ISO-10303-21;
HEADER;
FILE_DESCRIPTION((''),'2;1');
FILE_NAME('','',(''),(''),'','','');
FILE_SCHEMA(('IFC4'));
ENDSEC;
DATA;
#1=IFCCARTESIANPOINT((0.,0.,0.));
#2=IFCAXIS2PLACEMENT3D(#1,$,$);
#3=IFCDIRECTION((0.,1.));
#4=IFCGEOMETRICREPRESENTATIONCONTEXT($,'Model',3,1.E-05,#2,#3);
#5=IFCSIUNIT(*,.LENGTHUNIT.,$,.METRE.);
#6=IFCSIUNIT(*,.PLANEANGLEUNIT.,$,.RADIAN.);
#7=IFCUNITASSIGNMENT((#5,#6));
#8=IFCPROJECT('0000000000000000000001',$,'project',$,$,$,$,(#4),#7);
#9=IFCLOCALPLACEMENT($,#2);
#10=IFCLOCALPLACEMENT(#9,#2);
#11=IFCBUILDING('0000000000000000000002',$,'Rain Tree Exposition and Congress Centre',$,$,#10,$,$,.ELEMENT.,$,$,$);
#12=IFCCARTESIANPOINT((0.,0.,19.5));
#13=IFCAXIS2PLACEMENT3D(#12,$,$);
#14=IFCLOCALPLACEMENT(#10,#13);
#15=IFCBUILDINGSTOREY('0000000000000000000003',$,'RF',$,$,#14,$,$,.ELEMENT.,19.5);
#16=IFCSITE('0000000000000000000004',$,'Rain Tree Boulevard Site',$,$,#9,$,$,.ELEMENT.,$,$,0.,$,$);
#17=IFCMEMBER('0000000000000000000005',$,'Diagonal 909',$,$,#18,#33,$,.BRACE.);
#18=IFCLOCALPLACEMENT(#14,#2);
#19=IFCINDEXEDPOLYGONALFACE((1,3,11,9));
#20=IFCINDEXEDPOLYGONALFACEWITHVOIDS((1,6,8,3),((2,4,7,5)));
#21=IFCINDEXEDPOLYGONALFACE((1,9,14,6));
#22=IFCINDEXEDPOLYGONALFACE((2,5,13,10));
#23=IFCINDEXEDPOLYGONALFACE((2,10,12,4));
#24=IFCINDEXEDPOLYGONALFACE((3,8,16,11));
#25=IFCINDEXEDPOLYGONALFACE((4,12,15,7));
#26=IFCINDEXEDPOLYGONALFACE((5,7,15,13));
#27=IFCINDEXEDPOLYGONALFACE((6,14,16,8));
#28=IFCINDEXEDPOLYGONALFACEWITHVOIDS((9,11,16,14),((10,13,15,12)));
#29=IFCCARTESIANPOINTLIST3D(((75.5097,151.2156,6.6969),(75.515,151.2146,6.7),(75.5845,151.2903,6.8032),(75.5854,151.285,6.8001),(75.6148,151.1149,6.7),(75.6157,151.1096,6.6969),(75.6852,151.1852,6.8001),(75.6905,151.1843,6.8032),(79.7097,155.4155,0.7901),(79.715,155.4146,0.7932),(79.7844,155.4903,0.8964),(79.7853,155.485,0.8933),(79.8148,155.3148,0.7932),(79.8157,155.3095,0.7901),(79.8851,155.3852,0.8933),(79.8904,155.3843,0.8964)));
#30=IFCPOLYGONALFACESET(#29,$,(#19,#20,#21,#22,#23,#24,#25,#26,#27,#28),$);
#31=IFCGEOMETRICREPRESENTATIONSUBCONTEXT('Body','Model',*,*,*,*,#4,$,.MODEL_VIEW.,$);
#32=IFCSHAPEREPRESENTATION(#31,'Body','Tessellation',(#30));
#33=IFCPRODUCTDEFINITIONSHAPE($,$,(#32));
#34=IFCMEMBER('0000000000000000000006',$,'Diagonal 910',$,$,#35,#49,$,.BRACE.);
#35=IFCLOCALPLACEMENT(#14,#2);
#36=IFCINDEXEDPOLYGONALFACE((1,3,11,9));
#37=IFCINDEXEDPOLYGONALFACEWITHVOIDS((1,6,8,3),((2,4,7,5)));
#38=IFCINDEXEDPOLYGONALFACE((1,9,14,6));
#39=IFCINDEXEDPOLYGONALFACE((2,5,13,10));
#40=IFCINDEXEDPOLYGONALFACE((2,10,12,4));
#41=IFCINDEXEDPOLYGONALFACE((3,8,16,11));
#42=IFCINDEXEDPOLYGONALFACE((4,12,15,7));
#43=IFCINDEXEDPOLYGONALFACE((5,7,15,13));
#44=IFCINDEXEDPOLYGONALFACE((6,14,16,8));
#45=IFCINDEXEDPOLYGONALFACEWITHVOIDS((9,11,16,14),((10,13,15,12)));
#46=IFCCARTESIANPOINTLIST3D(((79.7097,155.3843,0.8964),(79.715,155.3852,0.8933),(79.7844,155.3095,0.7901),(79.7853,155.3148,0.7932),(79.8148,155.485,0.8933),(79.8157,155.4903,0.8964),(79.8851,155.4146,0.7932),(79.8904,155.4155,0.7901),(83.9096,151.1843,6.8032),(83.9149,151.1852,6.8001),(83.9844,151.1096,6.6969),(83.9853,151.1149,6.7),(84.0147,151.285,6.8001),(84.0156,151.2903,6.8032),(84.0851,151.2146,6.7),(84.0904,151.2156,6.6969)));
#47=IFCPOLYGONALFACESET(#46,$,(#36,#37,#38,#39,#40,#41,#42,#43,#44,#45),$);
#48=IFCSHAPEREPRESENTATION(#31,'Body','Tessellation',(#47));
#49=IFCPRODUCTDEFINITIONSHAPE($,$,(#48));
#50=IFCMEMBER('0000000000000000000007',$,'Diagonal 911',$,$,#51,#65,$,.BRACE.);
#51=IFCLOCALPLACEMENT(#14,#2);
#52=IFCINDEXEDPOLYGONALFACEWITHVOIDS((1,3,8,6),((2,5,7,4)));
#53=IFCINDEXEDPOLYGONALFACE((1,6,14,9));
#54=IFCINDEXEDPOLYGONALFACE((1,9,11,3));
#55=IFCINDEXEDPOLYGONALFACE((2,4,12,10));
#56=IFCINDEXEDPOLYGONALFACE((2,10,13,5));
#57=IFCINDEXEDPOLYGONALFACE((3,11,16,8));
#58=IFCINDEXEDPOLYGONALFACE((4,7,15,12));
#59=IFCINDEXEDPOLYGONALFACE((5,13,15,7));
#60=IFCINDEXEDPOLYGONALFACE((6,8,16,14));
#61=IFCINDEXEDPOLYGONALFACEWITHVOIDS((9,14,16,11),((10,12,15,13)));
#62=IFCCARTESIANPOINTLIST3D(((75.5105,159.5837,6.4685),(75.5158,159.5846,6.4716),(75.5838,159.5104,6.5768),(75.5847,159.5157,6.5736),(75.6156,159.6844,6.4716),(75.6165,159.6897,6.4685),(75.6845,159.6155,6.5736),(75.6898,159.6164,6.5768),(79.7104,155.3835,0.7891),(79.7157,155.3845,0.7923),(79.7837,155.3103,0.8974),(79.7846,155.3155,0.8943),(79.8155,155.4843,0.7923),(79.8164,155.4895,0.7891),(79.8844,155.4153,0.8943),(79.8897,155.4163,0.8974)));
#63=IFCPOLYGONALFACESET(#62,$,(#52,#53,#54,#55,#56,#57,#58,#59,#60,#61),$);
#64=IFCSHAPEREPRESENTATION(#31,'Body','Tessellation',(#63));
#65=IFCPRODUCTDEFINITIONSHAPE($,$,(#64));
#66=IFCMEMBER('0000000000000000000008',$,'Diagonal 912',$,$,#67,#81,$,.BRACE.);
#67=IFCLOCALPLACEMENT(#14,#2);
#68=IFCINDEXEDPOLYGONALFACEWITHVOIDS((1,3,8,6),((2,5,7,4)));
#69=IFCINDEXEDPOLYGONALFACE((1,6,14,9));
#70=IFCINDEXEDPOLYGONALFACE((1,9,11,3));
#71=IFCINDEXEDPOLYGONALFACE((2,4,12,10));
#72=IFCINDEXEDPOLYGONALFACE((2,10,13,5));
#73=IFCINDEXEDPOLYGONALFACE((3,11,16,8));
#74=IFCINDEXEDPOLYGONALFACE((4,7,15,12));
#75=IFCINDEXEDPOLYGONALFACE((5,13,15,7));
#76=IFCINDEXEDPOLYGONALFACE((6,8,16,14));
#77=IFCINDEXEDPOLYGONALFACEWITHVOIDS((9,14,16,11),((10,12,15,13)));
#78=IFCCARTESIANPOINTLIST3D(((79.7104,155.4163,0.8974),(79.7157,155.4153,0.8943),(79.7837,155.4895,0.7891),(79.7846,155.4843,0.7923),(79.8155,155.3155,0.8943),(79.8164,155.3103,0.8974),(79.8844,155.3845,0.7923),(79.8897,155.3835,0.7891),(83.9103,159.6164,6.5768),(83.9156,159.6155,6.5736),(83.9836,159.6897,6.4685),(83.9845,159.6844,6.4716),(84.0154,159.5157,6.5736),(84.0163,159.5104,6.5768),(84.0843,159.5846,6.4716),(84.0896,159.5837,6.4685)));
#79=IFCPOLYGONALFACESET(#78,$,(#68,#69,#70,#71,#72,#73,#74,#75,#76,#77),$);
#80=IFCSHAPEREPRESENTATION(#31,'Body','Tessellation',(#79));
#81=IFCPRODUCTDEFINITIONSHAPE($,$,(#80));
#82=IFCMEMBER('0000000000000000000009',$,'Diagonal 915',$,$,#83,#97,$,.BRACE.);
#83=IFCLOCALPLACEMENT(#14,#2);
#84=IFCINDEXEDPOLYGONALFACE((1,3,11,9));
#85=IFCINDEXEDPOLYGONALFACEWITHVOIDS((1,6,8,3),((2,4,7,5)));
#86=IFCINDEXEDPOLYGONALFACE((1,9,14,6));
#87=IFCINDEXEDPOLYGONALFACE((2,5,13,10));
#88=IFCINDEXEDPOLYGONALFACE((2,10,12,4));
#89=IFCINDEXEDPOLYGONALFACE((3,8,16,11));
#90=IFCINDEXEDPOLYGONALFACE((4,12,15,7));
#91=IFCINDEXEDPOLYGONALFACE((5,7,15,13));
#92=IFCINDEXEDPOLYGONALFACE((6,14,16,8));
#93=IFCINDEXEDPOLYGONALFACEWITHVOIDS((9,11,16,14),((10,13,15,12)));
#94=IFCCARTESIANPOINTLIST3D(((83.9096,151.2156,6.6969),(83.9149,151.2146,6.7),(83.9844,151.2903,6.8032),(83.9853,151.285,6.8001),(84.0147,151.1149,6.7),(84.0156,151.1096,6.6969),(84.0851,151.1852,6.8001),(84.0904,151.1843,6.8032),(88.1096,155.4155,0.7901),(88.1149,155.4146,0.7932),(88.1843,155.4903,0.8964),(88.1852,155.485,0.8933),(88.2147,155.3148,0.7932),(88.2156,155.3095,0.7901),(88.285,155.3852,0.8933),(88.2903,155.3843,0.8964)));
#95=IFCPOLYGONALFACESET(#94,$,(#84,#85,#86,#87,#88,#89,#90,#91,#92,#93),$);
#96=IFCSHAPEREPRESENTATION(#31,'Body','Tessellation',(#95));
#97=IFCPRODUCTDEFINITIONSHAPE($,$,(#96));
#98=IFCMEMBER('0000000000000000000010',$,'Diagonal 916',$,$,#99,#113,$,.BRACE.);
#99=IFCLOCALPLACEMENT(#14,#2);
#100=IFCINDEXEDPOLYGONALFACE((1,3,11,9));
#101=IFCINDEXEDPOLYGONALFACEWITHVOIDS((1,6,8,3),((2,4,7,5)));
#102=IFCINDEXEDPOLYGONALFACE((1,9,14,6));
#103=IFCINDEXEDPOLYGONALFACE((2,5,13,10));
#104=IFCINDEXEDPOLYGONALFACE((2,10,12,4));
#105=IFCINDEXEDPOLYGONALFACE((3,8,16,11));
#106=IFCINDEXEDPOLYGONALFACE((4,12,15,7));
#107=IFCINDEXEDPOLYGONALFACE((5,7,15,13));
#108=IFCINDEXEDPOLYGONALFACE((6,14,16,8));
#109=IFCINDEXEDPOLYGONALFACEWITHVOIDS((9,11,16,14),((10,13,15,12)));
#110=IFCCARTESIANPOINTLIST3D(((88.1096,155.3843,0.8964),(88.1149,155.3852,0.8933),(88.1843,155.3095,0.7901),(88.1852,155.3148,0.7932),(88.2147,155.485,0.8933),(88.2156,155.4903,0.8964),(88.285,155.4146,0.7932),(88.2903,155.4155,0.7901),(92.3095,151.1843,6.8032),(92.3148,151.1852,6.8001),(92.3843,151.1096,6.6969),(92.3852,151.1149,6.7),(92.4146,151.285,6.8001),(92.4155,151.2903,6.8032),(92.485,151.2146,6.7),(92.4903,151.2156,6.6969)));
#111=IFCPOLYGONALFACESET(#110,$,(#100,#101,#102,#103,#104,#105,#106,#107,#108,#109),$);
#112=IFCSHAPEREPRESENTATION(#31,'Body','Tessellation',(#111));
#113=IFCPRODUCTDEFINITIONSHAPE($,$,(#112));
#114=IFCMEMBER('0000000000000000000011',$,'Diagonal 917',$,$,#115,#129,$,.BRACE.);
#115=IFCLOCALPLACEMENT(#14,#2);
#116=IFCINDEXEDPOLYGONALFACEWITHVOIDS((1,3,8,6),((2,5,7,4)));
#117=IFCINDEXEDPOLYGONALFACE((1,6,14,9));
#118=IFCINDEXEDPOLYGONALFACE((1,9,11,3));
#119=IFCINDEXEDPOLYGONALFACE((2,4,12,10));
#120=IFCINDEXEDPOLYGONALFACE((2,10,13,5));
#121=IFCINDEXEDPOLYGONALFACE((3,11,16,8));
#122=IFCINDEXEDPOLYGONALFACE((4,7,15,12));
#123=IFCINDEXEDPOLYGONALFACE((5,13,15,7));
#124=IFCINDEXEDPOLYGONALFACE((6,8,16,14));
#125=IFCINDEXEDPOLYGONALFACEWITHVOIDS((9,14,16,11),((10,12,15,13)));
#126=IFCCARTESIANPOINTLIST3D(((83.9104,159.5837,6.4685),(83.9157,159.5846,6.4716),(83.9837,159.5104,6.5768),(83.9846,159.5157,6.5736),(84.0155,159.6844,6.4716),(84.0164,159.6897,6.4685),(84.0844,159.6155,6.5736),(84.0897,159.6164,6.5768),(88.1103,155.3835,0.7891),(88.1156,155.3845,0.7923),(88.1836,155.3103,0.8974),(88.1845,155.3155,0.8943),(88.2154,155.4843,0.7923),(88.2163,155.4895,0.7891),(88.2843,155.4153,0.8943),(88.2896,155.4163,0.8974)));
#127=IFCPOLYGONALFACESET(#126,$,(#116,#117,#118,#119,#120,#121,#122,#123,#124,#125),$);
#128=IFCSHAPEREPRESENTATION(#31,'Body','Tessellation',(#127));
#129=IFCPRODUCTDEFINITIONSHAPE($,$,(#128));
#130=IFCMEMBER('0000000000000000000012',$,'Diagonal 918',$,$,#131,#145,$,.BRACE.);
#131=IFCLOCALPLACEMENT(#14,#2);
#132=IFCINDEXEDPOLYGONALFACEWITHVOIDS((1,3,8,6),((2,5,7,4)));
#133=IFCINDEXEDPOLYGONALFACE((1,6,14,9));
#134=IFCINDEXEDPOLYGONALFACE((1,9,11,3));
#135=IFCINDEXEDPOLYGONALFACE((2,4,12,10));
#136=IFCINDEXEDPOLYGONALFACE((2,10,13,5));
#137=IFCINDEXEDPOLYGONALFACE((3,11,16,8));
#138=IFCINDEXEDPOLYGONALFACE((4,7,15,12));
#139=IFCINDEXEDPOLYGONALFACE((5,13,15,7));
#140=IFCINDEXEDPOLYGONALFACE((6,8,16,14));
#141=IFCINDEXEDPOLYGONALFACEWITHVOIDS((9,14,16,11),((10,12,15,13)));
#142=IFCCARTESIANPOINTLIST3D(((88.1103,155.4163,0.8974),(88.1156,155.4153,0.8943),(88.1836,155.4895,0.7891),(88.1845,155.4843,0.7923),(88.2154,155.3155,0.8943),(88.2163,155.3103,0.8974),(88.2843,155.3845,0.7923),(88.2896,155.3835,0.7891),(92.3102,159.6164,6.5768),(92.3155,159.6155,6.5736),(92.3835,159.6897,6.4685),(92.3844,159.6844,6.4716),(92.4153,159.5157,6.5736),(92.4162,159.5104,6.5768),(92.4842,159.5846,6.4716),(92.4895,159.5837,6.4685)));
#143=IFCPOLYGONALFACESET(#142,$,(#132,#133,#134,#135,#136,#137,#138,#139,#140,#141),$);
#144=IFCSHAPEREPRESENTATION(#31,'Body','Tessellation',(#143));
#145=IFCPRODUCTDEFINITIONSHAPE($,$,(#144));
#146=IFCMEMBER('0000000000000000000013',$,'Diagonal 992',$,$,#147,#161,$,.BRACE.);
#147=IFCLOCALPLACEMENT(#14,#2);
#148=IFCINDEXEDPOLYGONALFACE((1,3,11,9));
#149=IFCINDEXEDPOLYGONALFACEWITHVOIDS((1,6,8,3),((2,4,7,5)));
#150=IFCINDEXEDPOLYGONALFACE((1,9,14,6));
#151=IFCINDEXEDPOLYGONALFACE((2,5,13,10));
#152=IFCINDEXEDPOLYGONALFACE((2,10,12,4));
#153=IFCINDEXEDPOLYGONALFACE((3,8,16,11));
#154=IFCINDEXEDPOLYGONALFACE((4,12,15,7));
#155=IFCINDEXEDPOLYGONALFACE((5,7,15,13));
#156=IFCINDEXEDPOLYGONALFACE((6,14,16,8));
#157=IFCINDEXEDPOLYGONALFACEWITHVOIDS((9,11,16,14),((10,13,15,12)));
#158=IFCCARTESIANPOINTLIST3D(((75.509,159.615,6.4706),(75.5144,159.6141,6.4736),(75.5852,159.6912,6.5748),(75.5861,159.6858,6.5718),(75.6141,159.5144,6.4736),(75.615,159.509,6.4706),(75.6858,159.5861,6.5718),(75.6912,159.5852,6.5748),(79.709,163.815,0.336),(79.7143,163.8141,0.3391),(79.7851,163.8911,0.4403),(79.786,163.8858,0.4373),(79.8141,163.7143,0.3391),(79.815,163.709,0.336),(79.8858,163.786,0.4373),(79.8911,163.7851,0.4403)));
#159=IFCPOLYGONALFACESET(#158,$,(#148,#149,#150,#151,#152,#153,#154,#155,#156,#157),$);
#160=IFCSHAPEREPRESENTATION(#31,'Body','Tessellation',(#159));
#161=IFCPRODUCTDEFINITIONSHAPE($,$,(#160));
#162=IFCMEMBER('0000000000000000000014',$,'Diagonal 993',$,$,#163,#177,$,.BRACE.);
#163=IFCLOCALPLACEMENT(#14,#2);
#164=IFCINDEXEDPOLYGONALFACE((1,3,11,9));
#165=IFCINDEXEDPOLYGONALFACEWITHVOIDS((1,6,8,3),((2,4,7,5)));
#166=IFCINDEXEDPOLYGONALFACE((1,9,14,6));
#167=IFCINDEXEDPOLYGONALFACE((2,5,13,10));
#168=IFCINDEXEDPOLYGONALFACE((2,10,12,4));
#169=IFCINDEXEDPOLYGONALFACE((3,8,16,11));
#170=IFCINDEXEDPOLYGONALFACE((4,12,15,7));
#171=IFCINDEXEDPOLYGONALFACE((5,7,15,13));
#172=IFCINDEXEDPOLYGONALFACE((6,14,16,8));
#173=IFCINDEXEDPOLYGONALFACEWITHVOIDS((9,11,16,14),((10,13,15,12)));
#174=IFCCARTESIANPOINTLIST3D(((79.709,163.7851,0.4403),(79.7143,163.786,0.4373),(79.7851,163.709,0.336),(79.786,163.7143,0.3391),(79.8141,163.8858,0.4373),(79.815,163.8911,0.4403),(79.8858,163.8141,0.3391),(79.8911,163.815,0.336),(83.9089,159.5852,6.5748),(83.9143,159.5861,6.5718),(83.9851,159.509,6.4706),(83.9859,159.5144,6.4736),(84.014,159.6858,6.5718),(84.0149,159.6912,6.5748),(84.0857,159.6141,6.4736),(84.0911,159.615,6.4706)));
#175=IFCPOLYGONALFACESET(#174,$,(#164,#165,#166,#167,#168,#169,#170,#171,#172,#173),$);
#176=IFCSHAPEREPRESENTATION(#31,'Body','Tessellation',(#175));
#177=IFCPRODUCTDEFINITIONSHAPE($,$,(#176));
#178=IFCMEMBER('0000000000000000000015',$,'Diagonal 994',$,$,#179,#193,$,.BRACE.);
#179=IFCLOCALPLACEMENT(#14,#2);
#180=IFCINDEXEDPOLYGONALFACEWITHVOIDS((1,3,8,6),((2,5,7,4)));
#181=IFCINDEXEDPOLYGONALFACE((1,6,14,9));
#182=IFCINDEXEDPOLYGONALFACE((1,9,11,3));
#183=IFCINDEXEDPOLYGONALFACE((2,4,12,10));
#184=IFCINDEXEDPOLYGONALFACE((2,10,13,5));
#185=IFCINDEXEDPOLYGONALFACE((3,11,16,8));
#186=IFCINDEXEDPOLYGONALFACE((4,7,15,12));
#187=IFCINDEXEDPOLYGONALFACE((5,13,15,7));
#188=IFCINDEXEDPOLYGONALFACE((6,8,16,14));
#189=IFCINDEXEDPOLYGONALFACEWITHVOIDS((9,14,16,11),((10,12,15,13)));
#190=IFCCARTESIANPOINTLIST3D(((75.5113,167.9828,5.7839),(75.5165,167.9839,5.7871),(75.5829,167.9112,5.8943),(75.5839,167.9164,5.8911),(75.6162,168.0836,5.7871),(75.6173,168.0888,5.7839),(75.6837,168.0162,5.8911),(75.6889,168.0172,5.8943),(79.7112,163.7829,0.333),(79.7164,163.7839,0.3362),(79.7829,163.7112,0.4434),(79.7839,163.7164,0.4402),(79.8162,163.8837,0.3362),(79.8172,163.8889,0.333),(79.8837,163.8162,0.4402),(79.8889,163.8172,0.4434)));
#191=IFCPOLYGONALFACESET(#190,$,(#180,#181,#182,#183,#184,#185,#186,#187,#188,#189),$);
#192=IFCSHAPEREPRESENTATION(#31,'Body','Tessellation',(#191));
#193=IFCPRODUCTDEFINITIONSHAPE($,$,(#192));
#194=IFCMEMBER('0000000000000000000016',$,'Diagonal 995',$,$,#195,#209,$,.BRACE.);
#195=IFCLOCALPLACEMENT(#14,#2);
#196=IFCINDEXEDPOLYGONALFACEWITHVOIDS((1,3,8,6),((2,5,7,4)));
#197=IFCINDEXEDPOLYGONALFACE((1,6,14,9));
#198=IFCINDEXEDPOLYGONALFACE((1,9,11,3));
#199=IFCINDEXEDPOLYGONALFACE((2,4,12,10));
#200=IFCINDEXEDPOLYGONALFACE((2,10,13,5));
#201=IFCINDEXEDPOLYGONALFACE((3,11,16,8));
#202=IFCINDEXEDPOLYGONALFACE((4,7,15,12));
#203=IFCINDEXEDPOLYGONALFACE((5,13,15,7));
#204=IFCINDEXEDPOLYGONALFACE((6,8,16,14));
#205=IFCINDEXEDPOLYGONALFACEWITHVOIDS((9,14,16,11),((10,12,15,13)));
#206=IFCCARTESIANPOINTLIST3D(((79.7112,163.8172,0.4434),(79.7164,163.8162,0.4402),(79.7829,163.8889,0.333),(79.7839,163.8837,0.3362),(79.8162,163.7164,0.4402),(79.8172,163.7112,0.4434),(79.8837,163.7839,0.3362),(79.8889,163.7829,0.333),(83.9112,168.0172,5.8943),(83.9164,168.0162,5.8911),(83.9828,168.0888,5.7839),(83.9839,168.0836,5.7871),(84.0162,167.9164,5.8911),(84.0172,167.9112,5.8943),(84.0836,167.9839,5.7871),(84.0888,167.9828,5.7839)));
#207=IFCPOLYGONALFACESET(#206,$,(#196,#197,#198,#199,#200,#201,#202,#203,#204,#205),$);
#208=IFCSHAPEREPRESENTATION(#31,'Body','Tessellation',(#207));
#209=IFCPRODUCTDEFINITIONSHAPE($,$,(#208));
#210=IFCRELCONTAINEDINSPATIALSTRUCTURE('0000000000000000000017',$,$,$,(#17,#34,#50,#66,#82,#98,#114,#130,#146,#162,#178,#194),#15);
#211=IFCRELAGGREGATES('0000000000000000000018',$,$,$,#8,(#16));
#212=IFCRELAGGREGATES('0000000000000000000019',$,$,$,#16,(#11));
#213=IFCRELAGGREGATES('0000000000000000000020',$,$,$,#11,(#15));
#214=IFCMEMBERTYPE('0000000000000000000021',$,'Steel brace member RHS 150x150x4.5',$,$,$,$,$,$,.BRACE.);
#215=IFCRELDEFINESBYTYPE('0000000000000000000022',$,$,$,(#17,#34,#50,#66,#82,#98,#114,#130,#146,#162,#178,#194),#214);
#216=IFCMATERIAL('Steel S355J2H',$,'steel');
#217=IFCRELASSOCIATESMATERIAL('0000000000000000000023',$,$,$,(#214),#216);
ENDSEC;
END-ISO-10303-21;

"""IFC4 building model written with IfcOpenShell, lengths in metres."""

from ifc_helpers import new_model, si_unit, direction, frame, origin, origin_2d, place, context, subcontext, project, spatial, hollow_rectangle, extrude, material, material_profile, profile_set, type_object, element, save


model = new_model("IFC4")

# Units and contexts
model_context = context("Model", 3, precision=1e-05, world=origin(), true_north=direction((0.0, 1.0)))
body_context = subcontext(model_context, "Body", "Model", "MODEL_VIEW")
ifc_project = project(units=[si_unit("LENGTHUNIT", "METRE"), si_unit("PLANEANGLEUNIT", "RADIAN")], contexts=[model_context])

# Site, building, storey
site_placement = place(None, origin())
site = spatial("IfcSite", under=ifc_project, at=site_placement, Name="Rain Tree Boulevard Site", CompositionType="ELEMENT", RefElevation=0.0)
building_placement = place(site_placement, origin())
building = spatial("IfcBuilding", under=site, at=building_placement, Name="Rain Tree Exposition and Congress Centre", CompositionType="ELEMENT")
storey_placement = place(building_placement, frame((0.0, 0.0, 19.5)))
storey = spatial("IfcBuildingStorey", under=building, at=storey_placement, Name="RF", CompositionType="ELEMENT", Elevation=19.5)

# Members
ifc_material_1 = material(Name="Steel S355J2H", Category="steel")
ifc_material_profile_1 = material_profile(ifc_material_1, hollow_rectangle(XDim=0.1499, YDim=0.1499, WallThickness=0.0044, at=origin_2d()), Name="RHS 150x150x4.5")
ifc_profile_set_1 = profile_set([ifc_material_profile_1], Name="Steel S355J2H")
member_type_1 = type_object("IfcMemberType", Name="Steel brace member RHS 150x150x4.5", PredefinedType="BRACE", material=ifc_profile_set_1)
for number, where, z_axis, x_axis, name in (
    (1, (79.8, 155.3999, 0.8433), (-0.501386, -0.501386, 0.705141), (0.707107, -0.707107, 0.0), "Diagonal 909"),
    (2, (79.8, 155.3999, 0.8433), (0.501386, -0.501386, 0.705141), (0.707107, 0.707107, 0.0), "Diagonal 910"),
):
    element("IfcMember", number, at=place(storey_placement, frame(where, z_axis=z_axis, x_axis=x_axis)), inside=storey, type_object=member_type_1, Name=name, PredefinedType="BRACE", context=body_context, shape_type="SweptSolid", body=[
        extrude(hollow_rectangle(XDim=0.1499, YDim=0.1499, WallThickness=0.0044, at=origin_2d()), origin(), (0.0, 0.0, 1.0), 8.3767),
    ])
for number, where, z_axis, x_axis, name in (
    (3, (79.8, 155.3999, 0.8433), (-0.511061, 0.51109, 0.691089), (-0.707127, -0.707086, 0.0), "Diagonal 911"),
    (4, (79.8, 155.3999, 0.8433), (0.511061, 0.51109, 0.691089), (-0.707127, 0.707086, 0.0), "Diagonal 912"),
):
    element("IfcMember", number, at=place(storey_placement, frame(where, z_axis=z_axis, x_axis=x_axis)), inside=storey, type_object=member_type_1, Name=name, PredefinedType="BRACE", context=body_context, shape_type="SweptSolid", body=[
        extrude(hollow_rectangle(XDim=0.1499, YDim=0.1499, WallThickness=0.0044, at=origin_2d()), origin(), (0.0, 0.0, 1.0), 8.218),
    ])
for number, where, z_axis, x_axis, name in (
    (5, (88.2, 155.3999, 0.8433), (-0.501386, -0.501386, 0.705141), (0.707107, -0.707107, 0.0), "Diagonal 915"),
    (6, (88.2, 155.3999, 0.8433), (0.501386, -0.501386, 0.705141), (0.707107, 0.707107, 0.0), "Diagonal 916"),
):
    element("IfcMember", number, at=place(storey_placement, frame(where, z_axis=z_axis, x_axis=x_axis)), inside=storey, type_object=member_type_1, Name=name, PredefinedType="BRACE", context=body_context, shape_type="SweptSolid", body=[
        extrude(hollow_rectangle(XDim=0.1499, YDim=0.1499, WallThickness=0.0044, at=origin_2d()), origin(), (0.0, 0.0, 1.0), 8.3767),
    ])
for number, where, z_axis, x_axis, name in (
    (7, (88.2, 155.3999, 0.8433), (-0.511061, 0.51109, 0.691089), (-0.707127, -0.707086, 0.0), "Diagonal 917"),
    (8, (88.2, 155.3999, 0.8433), (0.511061, 0.51109, 0.691089), (-0.707127, 0.707086, 0.0), "Diagonal 918"),
):
    element("IfcMember", number, at=place(storey_placement, frame(where, z_axis=z_axis, x_axis=x_axis)), inside=storey, type_object=member_type_1, Name=name, PredefinedType="BRACE", context=body_context, shape_type="SweptSolid", body=[
        extrude(hollow_rectangle(XDim=0.1499, YDim=0.1499, WallThickness=0.0044, at=origin_2d()), origin(), (0.0, 0.0, 1.0), 8.218),
    ])
for number, where, z_axis, x_axis, name in (
    (9, (79.8, 163.8, 0.3882), (-0.491865, -0.491865, 0.718427), (0.707107, -0.707107, 0.0), "Diagonal 992"),
    (10, (79.8, 163.8, 0.3882), (0.491865, -0.491865, 0.718427), (0.707107, 0.707107, 0.0), "Diagonal 993"),
):
    element("IfcMember", number, at=place(storey_placement, frame(where, z_axis=z_axis, x_axis=x_axis)), inside=storey, type_object=member_type_1, Name=name, PredefinedType="BRACE", context=body_context, shape_type="SweptSolid", body=[
        extrude(hollow_rectangle(XDim=0.1499, YDim=0.1499, WallThickness=0.0044, at=origin_2d()), origin(), (0.0, 0.0, 1.0), 8.5388),
    ])
for number, where, z_axis, x_axis, name in (
    (11, (79.8, 163.8, 0.3882), (-0.520973, 0.520973, 0.676147), (-0.707107, -0.707107, 0.0), "Diagonal 994"),
    (12, (79.8, 163.8, 0.3882), (0.520973, 0.520973, 0.676147), (-0.707107, 0.707107, 0.0), "Diagonal 995"),
):
    element("IfcMember", number, at=place(storey_placement, frame(where, z_axis=z_axis, x_axis=x_axis)), inside=storey, type_object=member_type_1, Name=name, PredefinedType="BRACE", context=body_context, shape_type="SweptSolid", body=[
        extrude(hollow_rectangle(XDim=0.1499, YDim=0.1499, WallThickness=0.0044, at=origin_2d()), origin(), (0.0, 0.0, 1.0), 8.0618),
    ])

save(model, "model.ifc")
